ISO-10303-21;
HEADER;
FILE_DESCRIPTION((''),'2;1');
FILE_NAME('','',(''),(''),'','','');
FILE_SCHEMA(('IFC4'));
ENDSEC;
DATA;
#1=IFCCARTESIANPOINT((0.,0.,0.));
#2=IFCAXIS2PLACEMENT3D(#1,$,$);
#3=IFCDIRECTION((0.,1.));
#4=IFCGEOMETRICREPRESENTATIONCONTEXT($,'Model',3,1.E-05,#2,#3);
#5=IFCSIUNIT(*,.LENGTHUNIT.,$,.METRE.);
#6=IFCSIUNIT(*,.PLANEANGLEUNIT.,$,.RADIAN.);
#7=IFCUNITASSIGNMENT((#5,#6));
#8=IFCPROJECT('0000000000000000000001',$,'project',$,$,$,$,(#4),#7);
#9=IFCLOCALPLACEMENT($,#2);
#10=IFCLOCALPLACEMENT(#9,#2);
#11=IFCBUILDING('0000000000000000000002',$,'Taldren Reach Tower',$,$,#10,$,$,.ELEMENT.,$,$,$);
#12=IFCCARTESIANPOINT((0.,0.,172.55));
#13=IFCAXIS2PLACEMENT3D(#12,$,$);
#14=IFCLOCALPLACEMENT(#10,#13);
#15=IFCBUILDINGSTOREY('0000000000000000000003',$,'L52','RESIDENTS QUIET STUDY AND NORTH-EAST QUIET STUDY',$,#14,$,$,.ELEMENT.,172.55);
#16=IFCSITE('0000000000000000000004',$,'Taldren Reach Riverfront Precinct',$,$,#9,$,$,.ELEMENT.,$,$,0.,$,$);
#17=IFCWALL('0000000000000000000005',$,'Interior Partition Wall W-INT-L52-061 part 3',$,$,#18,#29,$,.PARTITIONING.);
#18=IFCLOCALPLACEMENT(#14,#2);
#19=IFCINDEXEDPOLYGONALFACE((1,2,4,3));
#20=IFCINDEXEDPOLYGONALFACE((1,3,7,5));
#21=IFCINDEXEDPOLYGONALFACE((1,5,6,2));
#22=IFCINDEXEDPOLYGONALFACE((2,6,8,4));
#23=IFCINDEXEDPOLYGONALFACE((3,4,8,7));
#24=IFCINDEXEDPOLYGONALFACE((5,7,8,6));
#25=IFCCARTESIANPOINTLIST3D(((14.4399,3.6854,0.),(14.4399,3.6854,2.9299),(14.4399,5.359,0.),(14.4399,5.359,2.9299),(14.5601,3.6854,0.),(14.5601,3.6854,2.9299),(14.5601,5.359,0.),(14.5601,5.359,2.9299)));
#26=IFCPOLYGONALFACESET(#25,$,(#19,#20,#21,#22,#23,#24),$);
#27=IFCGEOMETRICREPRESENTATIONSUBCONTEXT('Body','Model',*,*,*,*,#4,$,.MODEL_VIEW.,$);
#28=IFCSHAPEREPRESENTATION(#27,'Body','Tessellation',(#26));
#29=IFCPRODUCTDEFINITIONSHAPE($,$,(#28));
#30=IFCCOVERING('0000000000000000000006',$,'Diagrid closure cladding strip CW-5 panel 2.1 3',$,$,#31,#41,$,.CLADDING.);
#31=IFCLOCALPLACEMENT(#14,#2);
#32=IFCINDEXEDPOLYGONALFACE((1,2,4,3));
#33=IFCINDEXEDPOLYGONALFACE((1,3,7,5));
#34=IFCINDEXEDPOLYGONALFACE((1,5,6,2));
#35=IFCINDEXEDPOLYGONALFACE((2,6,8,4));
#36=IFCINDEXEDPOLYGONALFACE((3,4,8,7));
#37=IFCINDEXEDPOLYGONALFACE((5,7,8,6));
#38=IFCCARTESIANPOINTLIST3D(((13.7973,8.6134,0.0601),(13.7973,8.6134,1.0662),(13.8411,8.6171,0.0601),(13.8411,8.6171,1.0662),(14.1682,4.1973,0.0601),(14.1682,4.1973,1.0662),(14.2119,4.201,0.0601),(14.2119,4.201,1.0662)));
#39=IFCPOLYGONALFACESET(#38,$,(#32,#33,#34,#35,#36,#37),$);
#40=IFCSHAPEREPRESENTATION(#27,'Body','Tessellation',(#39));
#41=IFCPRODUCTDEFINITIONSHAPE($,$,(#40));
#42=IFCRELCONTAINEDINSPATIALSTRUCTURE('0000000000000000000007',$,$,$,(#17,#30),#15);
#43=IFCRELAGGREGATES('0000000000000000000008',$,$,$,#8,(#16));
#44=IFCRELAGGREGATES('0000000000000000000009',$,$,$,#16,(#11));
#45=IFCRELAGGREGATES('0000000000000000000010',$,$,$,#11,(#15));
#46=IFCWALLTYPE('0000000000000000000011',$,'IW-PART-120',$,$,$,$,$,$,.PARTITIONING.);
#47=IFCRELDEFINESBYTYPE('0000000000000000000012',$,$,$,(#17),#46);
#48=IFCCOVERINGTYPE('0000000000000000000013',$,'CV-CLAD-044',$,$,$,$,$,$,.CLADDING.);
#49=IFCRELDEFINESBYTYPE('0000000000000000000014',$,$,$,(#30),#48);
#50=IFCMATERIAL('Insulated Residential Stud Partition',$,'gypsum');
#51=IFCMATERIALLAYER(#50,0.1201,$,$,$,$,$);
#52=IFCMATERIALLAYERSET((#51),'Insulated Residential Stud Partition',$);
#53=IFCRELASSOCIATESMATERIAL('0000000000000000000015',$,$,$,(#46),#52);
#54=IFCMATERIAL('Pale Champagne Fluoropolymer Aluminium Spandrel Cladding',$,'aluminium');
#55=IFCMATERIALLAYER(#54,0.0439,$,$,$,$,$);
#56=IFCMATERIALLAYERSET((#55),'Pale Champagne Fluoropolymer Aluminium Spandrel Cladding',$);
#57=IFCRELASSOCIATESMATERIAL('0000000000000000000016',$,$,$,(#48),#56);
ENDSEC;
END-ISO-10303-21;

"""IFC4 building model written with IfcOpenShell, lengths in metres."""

from ifc_helpers import new_model, si_unit, direction, frame, frame_2d, origin, origin_2d, place, context, subcontext, project, spatial, rectangle, extrude, source, transform, mapped, material, layer, layer_set, type_object, element, save


model = new_model("IFC4")

# Units and contexts
model_context = context("Model", 3, precision=1e-05, world=origin(), true_north=direction((0.0, 1.0)))
body_context = subcontext(model_context, "Body", "Model", "MODEL_VIEW")
ifc_project = project(units=[si_unit("LENGTHUNIT", "METRE"), si_unit("PLANEANGLEUNIT", "RADIAN")], contexts=[model_context])

# Site, building, storey
site_placement = place(None, origin())
site = spatial("IfcSite", under=ifc_project, at=site_placement, Name="Taldren Reach Riverfront Precinct", CompositionType="ELEMENT", RefElevation=0.0)
building_placement = place(site_placement, origin())
building = spatial("IfcBuilding", under=site, at=building_placement, Name="Taldren Reach Tower", CompositionType="ELEMENT")
storey_placement = place(building_placement, frame((0.0, 0.0, 172.55)))
storey = spatial("IfcBuildingStorey", under=building, at=storey_placement, Name="L52", Description="RESIDENTS QUIET STUDY AND NORTH-EAST QUIET STUDY", CompositionType="ELEMENT", Elevation=172.55)

# Wall
ifc_material_1 = material(Name="Insulated Residential Stud Partition", Category="gypsum")
ifc_layer_1 = layer(ifc_material_1, 0.1201)
ifc_layer_set_1 = layer_set([ifc_layer_1], Name="Insulated Residential Stud Partition")
wall_type_1 = type_object("IfcWallType", Name="IW-PART-120", PredefinedType="PARTITIONING", material=ifc_layer_set_1)
shared_shape_1 = source(origin(), body_context, "Body", "SweptSolid", [
    extrude(rectangle(XDim=1.6736, YDim=0.1201, at=frame_2d((0.8369, 0.0))), origin(), (0.0, 0.0, 1.0), 2.9299),
])
wall_placement = place(storey_placement, frame((14.5, 5.3591, 0.0), z_axis=(0.0, 0.0, 1.0), x_axis=(0.0, -1.0, 0.0)))
element("IfcWall", 1, at=wall_placement, inside=storey, type_object=wall_type_1, Name="Interior Partition Wall W-INT-L52-061 part 3", PredefinedType="PARTITIONING", context=body_context, shape_type="MappedRepresentation", body=[
    mapped(shared_shape_1, transform((0.0, 0.0, 0.0), scale=1.0)),
])

# Covering
ifc_material_2 = material(Name="Pale Champagne Fluoropolymer Aluminium Spandrel Cladding", Category="aluminium")
ifc_layer_2 = layer(ifc_material_2, 0.0439)
ifc_layer_set_2 = layer_set([ifc_layer_2], Name="Pale Champagne Fluoropolymer Aluminium Spandrel Cladding")
covering_type = type_object("IfcCoveringType", Name="CV-CLAD-044", PredefinedType="CLADDING", material=ifc_layer_set_2)
shared_shape_2 = source(origin(), body_context, "Body", "SweptSolid", [
    extrude(rectangle(XDim=4.4316, YDim=0.0439, at=origin_2d()), origin(), (0.0, 0.0, 1.0), 1.0061),
])
covering_placement = place(storey_placement, frame((14.0046, 6.4072, 0.0601), z_axis=(0.0, 0.0, 1.0), x_axis=(0.083678, -0.996493, 0.0)))
element("IfcCovering", 2, at=covering_placement, inside=storey, type_object=covering_type, Name="Diagrid closure cladding strip CW-5 panel 2.1 3", PredefinedType="CLADDING", context=body_context, shape_type="MappedRepresentation", body=[
    mapped(shared_shape_2, transform((0.0, 0.0, 0.0), scale=1.0)),
])

save(model, "model.ifc")
